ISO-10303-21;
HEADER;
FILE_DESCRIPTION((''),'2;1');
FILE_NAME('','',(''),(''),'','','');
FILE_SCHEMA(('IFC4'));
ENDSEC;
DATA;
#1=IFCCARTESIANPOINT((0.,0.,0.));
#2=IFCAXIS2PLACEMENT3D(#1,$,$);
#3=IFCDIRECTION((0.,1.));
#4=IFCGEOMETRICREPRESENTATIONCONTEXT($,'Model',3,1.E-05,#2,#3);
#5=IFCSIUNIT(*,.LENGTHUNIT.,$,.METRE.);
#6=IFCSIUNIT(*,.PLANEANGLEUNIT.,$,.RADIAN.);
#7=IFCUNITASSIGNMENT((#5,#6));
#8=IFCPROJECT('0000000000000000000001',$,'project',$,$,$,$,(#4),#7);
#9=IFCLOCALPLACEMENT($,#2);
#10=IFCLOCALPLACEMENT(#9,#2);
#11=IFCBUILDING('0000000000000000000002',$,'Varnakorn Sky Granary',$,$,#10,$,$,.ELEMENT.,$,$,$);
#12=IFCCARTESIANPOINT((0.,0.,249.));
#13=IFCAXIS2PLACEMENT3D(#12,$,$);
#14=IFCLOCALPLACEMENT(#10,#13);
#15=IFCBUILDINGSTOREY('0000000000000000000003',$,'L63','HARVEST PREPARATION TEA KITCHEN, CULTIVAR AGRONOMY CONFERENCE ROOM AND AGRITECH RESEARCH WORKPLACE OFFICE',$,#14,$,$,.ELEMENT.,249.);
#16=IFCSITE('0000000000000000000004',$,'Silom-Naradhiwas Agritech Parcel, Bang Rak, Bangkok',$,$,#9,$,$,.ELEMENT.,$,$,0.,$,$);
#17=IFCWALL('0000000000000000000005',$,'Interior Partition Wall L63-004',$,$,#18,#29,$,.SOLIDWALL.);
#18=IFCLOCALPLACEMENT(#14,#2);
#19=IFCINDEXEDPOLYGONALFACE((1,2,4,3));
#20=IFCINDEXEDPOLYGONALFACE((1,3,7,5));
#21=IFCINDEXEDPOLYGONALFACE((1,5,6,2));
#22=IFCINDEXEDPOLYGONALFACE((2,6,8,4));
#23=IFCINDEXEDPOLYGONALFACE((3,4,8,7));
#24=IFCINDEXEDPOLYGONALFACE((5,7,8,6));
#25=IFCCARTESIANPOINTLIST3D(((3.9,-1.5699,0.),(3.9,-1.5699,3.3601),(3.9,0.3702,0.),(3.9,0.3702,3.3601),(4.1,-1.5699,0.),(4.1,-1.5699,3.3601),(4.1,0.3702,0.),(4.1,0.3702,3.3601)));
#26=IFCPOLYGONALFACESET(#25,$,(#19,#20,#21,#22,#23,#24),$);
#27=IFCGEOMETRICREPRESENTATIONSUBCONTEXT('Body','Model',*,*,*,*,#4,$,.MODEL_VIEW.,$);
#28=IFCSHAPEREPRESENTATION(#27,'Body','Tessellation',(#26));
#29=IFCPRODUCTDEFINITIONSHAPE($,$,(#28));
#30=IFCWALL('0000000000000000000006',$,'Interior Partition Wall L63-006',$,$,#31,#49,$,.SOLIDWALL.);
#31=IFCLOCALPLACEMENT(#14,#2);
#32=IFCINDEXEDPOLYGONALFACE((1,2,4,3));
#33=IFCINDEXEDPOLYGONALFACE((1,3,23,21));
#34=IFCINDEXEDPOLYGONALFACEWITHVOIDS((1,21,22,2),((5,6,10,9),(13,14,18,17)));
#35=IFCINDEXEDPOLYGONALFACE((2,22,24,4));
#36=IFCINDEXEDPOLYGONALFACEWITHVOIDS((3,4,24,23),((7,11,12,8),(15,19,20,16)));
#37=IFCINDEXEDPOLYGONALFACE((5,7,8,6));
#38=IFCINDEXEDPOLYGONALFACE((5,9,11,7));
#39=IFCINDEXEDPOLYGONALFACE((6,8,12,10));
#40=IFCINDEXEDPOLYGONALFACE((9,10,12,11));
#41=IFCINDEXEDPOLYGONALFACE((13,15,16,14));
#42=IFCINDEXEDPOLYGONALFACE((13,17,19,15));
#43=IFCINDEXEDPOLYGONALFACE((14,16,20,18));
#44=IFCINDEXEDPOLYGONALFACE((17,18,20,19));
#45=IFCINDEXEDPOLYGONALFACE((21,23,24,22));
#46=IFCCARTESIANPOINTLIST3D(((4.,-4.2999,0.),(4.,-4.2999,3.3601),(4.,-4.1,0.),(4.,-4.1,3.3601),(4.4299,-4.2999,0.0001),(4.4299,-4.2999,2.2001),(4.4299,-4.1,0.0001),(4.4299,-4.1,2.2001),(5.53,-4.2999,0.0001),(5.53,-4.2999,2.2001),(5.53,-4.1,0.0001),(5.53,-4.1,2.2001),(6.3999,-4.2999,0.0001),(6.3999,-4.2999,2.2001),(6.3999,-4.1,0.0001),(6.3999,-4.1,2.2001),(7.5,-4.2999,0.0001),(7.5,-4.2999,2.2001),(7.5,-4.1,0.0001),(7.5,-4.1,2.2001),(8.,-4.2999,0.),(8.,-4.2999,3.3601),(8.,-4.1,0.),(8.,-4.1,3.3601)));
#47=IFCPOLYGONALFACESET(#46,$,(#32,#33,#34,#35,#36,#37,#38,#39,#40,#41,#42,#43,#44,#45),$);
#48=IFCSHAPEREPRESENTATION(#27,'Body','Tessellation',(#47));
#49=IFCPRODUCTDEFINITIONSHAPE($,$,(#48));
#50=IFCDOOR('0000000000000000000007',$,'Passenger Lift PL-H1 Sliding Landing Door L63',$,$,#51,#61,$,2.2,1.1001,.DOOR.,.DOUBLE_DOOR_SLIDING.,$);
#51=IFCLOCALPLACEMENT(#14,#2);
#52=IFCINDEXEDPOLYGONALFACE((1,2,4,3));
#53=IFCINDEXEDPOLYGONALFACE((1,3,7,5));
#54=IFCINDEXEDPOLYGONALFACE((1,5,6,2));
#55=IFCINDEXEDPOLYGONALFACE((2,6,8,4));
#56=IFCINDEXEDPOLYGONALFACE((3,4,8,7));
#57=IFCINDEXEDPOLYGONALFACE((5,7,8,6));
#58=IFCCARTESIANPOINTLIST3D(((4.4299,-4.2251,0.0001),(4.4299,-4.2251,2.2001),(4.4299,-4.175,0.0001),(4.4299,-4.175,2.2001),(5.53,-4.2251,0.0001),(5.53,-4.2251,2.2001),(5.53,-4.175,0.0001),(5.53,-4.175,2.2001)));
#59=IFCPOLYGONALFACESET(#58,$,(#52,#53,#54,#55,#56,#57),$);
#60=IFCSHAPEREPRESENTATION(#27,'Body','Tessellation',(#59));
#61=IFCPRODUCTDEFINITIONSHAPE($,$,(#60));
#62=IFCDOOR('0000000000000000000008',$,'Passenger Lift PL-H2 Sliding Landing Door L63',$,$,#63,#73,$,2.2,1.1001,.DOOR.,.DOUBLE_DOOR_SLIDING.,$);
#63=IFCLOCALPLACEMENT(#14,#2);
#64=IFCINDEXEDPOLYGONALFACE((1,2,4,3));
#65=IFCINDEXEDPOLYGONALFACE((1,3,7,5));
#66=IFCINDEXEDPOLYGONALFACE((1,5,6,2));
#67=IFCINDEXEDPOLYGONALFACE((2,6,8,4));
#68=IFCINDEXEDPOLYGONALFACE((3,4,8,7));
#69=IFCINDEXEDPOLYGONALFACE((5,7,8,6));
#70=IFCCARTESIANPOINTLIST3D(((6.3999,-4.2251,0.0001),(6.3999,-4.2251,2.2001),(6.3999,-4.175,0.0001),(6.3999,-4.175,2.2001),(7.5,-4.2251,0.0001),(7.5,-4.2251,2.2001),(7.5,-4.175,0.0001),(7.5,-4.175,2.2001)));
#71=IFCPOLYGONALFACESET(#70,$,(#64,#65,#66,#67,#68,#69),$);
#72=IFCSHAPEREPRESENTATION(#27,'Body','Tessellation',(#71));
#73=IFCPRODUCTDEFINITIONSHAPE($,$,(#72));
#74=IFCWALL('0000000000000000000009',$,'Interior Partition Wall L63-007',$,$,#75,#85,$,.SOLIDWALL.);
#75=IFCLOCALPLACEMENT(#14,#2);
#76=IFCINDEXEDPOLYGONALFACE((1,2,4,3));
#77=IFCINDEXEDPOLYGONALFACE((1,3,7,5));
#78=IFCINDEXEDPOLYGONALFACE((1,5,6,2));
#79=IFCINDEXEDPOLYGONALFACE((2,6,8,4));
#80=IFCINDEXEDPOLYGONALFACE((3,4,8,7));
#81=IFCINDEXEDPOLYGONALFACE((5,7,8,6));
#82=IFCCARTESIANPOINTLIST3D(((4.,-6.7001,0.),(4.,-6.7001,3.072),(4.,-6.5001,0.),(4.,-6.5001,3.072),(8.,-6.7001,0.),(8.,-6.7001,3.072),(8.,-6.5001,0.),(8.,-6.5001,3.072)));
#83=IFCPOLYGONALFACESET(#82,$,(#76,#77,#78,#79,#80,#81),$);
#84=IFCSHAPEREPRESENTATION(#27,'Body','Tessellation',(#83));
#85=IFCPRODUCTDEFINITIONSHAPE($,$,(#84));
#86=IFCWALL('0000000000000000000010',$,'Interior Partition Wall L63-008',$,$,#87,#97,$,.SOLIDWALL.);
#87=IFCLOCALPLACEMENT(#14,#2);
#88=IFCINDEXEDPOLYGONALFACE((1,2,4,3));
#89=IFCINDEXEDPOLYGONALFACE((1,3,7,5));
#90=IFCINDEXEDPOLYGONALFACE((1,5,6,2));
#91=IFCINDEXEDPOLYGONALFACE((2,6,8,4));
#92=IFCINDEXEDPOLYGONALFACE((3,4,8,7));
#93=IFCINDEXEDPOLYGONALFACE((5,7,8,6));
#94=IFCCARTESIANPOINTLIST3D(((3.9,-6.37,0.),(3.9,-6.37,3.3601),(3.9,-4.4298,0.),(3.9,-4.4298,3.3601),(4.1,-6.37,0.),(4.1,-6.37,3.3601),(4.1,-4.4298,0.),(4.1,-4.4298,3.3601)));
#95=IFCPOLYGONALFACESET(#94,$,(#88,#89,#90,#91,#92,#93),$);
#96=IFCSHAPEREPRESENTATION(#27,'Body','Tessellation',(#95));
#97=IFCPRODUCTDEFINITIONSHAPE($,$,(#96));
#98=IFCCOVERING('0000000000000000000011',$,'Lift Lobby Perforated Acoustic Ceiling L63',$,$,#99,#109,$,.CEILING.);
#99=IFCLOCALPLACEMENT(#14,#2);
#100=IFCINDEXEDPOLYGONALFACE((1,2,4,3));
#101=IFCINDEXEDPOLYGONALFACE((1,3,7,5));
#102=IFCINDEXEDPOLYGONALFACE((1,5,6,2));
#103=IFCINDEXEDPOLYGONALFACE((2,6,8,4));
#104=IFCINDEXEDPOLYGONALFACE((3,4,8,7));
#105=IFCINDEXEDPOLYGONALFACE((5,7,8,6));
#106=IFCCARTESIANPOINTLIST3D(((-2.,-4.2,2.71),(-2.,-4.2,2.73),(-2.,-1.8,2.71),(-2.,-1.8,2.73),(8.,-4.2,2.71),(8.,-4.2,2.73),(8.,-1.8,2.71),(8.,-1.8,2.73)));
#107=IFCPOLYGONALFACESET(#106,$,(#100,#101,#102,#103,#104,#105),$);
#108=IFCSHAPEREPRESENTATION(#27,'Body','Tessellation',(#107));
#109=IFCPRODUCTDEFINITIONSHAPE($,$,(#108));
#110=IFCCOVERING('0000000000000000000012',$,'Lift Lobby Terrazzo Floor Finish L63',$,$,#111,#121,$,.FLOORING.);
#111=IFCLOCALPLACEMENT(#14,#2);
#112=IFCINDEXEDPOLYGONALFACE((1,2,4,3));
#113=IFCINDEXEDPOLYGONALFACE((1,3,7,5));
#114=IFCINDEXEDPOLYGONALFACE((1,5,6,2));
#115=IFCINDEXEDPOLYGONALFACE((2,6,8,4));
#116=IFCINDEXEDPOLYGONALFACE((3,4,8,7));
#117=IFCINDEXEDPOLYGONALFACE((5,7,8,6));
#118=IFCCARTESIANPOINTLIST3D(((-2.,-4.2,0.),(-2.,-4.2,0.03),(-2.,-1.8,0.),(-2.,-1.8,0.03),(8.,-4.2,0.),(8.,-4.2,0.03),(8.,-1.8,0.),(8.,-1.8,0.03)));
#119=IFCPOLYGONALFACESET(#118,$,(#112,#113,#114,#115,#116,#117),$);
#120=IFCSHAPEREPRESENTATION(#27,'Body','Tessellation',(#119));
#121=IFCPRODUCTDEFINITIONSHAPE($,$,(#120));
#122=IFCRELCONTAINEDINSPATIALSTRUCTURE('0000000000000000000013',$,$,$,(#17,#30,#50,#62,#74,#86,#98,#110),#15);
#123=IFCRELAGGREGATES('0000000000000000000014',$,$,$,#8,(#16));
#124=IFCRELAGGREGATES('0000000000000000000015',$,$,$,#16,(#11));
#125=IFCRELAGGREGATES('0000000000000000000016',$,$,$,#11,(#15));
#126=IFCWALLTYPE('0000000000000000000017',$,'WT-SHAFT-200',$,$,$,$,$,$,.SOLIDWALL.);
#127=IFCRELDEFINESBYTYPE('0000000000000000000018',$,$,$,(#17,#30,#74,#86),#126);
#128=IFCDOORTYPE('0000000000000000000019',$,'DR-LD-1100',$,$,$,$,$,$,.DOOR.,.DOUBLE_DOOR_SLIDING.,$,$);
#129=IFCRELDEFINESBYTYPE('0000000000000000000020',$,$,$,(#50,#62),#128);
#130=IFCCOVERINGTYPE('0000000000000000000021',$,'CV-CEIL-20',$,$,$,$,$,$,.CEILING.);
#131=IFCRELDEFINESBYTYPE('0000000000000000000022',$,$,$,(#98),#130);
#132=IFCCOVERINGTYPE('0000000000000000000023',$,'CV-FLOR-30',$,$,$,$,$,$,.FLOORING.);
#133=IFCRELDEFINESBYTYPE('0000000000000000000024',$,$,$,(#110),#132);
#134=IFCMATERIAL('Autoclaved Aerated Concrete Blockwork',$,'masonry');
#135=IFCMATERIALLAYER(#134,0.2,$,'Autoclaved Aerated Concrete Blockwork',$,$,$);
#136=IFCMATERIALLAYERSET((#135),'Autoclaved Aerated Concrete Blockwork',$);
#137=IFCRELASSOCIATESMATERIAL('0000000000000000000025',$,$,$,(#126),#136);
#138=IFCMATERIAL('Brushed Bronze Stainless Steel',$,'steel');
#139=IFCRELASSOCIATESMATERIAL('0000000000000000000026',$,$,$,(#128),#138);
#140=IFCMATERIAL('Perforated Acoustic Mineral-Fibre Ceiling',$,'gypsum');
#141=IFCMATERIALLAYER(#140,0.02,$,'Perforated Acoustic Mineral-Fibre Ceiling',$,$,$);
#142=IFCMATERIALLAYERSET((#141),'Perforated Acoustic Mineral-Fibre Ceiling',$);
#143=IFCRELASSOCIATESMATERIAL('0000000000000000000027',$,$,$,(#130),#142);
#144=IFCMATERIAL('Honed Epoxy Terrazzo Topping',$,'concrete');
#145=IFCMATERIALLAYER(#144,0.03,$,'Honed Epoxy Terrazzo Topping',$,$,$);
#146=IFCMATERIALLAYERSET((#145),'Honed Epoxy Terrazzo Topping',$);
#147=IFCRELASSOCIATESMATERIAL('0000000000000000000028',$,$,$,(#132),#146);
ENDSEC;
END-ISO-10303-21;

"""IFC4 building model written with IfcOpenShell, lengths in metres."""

from ifc_helpers import new_model, si_unit, direction, frame, frame_2d, origin, place, context, subcontext, project, spatial, polyline, rectangle, outline, extrude, material, layer, layer_set, type_object, element, fill, save


model = new_model("IFC4")

# Units and contexts
model_context = context("Model", 3, precision=1e-05, world=origin(), true_north=direction((0.0, 1.0)))
body_context = subcontext(model_context, "Body", "Model", "MODEL_VIEW")
ifc_project = project(units=[si_unit("LENGTHUNIT", "METRE"), si_unit("PLANEANGLEUNIT", "RADIAN")], contexts=[model_context])

# Site, building, storey
site_placement = place(None, origin())
site = spatial("IfcSite", under=ifc_project, at=site_placement, Name="Silom-Naradhiwas Agritech Parcel, Bang Rak, Bangkok", CompositionType="ELEMENT", RefElevation=0.0)
building_placement = place(site_placement, origin())
building = spatial("IfcBuilding", under=site, at=building_placement, Name="Varnakorn Sky Granary", CompositionType="ELEMENT")
storey_placement = place(building_placement, frame((0.0, 0.0, 249.0)))
storey = spatial("IfcBuildingStorey", under=building, at=storey_placement, Name="L63", Description="HARVEST PREPARATION TEA KITCHEN, CULTIVAR AGRONOMY CONFERENCE ROOM AND AGRITECH RESEARCH WORKPLACE OFFICE", CompositionType="ELEMENT", Elevation=249.0)

# Shared definitions
ifc_material_1 = material(Name="Autoclaved Aerated Concrete Blockwork", Category="masonry")

# Wall
ifc_layer_1 = layer(ifc_material_1, 0.2, Name="Autoclaved Aerated Concrete Blockwork")
ifc_layer_set_1 = layer_set([ifc_layer_1], Name="Autoclaved Aerated Concrete Blockwork")
wall_type_1 = type_object("IfcWallType", Name="WT-SHAFT-200", PredefinedType="SOLIDWALL", material=ifc_layer_set_1)
wall_1_placement = place(storey_placement, frame((4.0, -1.5701, 0.0), z_axis=(0.0, 0.0, 1.0), x_axis=(0.0, 1.0, 0.0)))
element("IfcWall", 1, at=wall_1_placement, inside=storey, type_object=wall_type_1, Name="Interior Partition Wall L63-004", PredefinedType="SOLIDWALL", context=body_context, shape_type="SweptSolid", body=[
    extrude(rectangle(XDim=1.9402, YDim=0.2, at=frame_2d((0.9702, 0.0))), origin(), (0.0, 0.0, 1.0), 3.3601),
])

# Wall, openings, doors
wall_2_placement = place(storey_placement, frame((4.0, -4.2, 0.0), z_axis=(0.0, 0.0, 1.0), x_axis=(1.0, 0.0, 0.0)))
wall_2 = element("IfcWall", 2, at=wall_2_placement, inside=storey, type_object=wall_type_1, Name="Interior Partition Wall L63-006", PredefinedType="SOLIDWALL", context=body_context, shape_type="SweptSolid", body=[
    extrude(rectangle(XDim=4.0, YDim=0.2, at=frame_2d((2.0, 0.0))), origin(), (0.0, 0.0, 1.0), 3.3601),
])
opening_1_placement = place(wall_2_placement, frame((0.4299, 0.0, 0.0)))
opening_1 = element("IfcOpeningElement", 3, at=opening_1_placement, cuts=wall_2, PredefinedType="OPENING", context=body_context, shape_type="SweptSolid", body=[
    extrude(rectangle(XDim=1.1001, YDim=2.2, at=frame_2d((0.55, 1.1001))), frame((0.0, 0.1099, 0.0), z_axis=(0.0, -1.0, 0.0), x_axis=(1.0, 0.0, 0.0)), (0.0, 0.0, 1.0), 0.22),
])
opening_2_placement = place(wall_2_placement, frame((2.3999, 0.0, 0.0)))
opening_2 = element("IfcOpeningElement", 4, at=opening_2_placement, cuts=wall_2, PredefinedType="OPENING", context=body_context, shape_type="SweptSolid", body=[
    extrude(rectangle(XDim=1.1001, YDim=2.2, at=frame_2d((0.55, 1.1001))), frame((0.0, 0.1099, 0.0), z_axis=(0.0, -1.0, 0.0), x_axis=(1.0, 0.0, 0.0)), (0.0, 0.0, 1.0), 0.22),
])
ifc_material_2 = material(Name="Brushed Bronze Stainless Steel", Category="steel")
door_type_1 = type_object("IfcDoorType", Name="DR-LD-1100", OperationType="DOUBLE_DOOR_SLIDING", PredefinedType="DOOR", material=ifc_material_2)
door_1_placement = place(opening_1_placement, origin())
door_1 = element("IfcDoor", 5, at=door_1_placement, inside=storey, type_object=door_type_1, Name="Passenger Lift PL-H1 Sliding Landing Door L63", OperationType="DOUBLE_DOOR_SLIDING", OverallHeight=2.2, OverallWidth=1.1001, PredefinedType="DOOR", context=body_context, shape_type="SweptSolid", body=[
    extrude(rectangle(XDim=1.1001, YDim=2.2, at=frame_2d((0.55, 1.1001))), frame((0.0, 0.0249, 0.0), z_axis=(0.0, -1.0, 0.0), x_axis=(1.0, 0.0, 0.0)), (0.0, 0.0, 1.0), 0.05),
])
fill(opening_1, door_1)
door_2_placement = place(opening_2_placement, origin())
door_2 = element("IfcDoor", 6, at=door_2_placement, inside=storey, type_object=door_type_1, Name="Passenger Lift PL-H2 Sliding Landing Door L63", OperationType="DOUBLE_DOOR_SLIDING", OverallHeight=2.2, OverallWidth=1.1001, PredefinedType="DOOR", context=body_context, shape_type="SweptSolid", body=[
    extrude(rectangle(XDim=1.1001, YDim=2.2, at=frame_2d((0.55, 1.1001))), frame((0.0, 0.0249, 0.0), z_axis=(0.0, -1.0, 0.0), x_axis=(1.0, 0.0, 0.0)), (0.0, 0.0, 1.0), 0.05),
])
fill(opening_2, door_2)

# Walls
wall_3_placement = place(storey_placement, frame((4.0, -6.6001, 0.0), z_axis=(0.0, 0.0, 1.0), x_axis=(1.0, 0.0, 0.0)))
element("IfcWall", 7, at=wall_3_placement, inside=storey, type_object=wall_type_1, Name="Interior Partition Wall L63-007", PredefinedType="SOLIDWALL", context=body_context, shape_type="SweptSolid", body=[
    extrude(rectangle(XDim=4.0, YDim=0.2, at=frame_2d((2.0, 0.0))), origin(), (0.0, 0.0, 1.0), 3.072),
])
wall_4_placement = place(storey_placement, frame((4.0, -6.3701, 0.0), z_axis=(0.0, 0.0, 1.0), x_axis=(0.0, 1.0, 0.0)))
element("IfcWall", 8, at=wall_4_placement, inside=storey, type_object=wall_type_1, Name="Interior Partition Wall L63-008", PredefinedType="SOLIDWALL", context=body_context, shape_type="SweptSolid", body=[
    extrude(rectangle(XDim=1.9402, YDim=0.2, at=frame_2d((0.9702, 0.0))), origin(), (0.0, 0.0, 1.0), 3.3601),
])

# Coverings
ifc_material_3 = material(Name="Perforated Acoustic Mineral-Fibre Ceiling", Category="gypsum")
ifc_layer_2 = layer(ifc_material_3, 0.02, Name="Perforated Acoustic Mineral-Fibre Ceiling")
ifc_layer_set_2 = layer_set([ifc_layer_2], Name="Perforated Acoustic Mineral-Fibre Ceiling")
covering_type_1 = type_object("IfcCoveringType", Name="CV-CEIL-20", PredefinedType="CEILING", material=ifc_layer_set_2)
covering_1_placement = place(storey_placement, frame((0.0, 0.0, 2.71)))
element("IfcCovering", 9, at=covering_1_placement, inside=storey, type_object=covering_type_1, Name="Lift Lobby Perforated Acoustic Ceiling L63", PredefinedType="CEILING", context=body_context, shape_type="SweptSolid", body=[
    extrude(outline(polyline([(-2.0, -4.2), (8.0, -4.2), (8.0, -1.8), (-2.0, -1.8), (-2.0, -4.2)])), origin(), (0.0, 0.0, 1.0), 0.02),
])
ifc_material_4 = material(Name="Honed Epoxy Terrazzo Topping", Category="concrete")
ifc_layer_3 = layer(ifc_material_4, 0.03, Name="Honed Epoxy Terrazzo Topping")
ifc_layer_set_3 = layer_set([ifc_layer_3], Name="Honed Epoxy Terrazzo Topping")
covering_type_2 = type_object("IfcCoveringType", Name="CV-FLOR-30", PredefinedType="FLOORING", material=ifc_layer_set_3)
covering_2_placement = place(storey_placement, origin())
element("IfcCovering", 10, at=covering_2_placement, inside=storey, type_object=covering_type_2, Name="Lift Lobby Terrazzo Floor Finish L63", PredefinedType="FLOORING", context=body_context, shape_type="SweptSolid", body=[
    extrude(outline(polyline([(-2.0, -4.2), (8.0, -4.2), (8.0, -1.8), (-2.0, -1.8), (-2.0, -4.2)])), origin(), (0.0, 0.0, 1.0), 0.03),
])

save(model, "model.ifc")
